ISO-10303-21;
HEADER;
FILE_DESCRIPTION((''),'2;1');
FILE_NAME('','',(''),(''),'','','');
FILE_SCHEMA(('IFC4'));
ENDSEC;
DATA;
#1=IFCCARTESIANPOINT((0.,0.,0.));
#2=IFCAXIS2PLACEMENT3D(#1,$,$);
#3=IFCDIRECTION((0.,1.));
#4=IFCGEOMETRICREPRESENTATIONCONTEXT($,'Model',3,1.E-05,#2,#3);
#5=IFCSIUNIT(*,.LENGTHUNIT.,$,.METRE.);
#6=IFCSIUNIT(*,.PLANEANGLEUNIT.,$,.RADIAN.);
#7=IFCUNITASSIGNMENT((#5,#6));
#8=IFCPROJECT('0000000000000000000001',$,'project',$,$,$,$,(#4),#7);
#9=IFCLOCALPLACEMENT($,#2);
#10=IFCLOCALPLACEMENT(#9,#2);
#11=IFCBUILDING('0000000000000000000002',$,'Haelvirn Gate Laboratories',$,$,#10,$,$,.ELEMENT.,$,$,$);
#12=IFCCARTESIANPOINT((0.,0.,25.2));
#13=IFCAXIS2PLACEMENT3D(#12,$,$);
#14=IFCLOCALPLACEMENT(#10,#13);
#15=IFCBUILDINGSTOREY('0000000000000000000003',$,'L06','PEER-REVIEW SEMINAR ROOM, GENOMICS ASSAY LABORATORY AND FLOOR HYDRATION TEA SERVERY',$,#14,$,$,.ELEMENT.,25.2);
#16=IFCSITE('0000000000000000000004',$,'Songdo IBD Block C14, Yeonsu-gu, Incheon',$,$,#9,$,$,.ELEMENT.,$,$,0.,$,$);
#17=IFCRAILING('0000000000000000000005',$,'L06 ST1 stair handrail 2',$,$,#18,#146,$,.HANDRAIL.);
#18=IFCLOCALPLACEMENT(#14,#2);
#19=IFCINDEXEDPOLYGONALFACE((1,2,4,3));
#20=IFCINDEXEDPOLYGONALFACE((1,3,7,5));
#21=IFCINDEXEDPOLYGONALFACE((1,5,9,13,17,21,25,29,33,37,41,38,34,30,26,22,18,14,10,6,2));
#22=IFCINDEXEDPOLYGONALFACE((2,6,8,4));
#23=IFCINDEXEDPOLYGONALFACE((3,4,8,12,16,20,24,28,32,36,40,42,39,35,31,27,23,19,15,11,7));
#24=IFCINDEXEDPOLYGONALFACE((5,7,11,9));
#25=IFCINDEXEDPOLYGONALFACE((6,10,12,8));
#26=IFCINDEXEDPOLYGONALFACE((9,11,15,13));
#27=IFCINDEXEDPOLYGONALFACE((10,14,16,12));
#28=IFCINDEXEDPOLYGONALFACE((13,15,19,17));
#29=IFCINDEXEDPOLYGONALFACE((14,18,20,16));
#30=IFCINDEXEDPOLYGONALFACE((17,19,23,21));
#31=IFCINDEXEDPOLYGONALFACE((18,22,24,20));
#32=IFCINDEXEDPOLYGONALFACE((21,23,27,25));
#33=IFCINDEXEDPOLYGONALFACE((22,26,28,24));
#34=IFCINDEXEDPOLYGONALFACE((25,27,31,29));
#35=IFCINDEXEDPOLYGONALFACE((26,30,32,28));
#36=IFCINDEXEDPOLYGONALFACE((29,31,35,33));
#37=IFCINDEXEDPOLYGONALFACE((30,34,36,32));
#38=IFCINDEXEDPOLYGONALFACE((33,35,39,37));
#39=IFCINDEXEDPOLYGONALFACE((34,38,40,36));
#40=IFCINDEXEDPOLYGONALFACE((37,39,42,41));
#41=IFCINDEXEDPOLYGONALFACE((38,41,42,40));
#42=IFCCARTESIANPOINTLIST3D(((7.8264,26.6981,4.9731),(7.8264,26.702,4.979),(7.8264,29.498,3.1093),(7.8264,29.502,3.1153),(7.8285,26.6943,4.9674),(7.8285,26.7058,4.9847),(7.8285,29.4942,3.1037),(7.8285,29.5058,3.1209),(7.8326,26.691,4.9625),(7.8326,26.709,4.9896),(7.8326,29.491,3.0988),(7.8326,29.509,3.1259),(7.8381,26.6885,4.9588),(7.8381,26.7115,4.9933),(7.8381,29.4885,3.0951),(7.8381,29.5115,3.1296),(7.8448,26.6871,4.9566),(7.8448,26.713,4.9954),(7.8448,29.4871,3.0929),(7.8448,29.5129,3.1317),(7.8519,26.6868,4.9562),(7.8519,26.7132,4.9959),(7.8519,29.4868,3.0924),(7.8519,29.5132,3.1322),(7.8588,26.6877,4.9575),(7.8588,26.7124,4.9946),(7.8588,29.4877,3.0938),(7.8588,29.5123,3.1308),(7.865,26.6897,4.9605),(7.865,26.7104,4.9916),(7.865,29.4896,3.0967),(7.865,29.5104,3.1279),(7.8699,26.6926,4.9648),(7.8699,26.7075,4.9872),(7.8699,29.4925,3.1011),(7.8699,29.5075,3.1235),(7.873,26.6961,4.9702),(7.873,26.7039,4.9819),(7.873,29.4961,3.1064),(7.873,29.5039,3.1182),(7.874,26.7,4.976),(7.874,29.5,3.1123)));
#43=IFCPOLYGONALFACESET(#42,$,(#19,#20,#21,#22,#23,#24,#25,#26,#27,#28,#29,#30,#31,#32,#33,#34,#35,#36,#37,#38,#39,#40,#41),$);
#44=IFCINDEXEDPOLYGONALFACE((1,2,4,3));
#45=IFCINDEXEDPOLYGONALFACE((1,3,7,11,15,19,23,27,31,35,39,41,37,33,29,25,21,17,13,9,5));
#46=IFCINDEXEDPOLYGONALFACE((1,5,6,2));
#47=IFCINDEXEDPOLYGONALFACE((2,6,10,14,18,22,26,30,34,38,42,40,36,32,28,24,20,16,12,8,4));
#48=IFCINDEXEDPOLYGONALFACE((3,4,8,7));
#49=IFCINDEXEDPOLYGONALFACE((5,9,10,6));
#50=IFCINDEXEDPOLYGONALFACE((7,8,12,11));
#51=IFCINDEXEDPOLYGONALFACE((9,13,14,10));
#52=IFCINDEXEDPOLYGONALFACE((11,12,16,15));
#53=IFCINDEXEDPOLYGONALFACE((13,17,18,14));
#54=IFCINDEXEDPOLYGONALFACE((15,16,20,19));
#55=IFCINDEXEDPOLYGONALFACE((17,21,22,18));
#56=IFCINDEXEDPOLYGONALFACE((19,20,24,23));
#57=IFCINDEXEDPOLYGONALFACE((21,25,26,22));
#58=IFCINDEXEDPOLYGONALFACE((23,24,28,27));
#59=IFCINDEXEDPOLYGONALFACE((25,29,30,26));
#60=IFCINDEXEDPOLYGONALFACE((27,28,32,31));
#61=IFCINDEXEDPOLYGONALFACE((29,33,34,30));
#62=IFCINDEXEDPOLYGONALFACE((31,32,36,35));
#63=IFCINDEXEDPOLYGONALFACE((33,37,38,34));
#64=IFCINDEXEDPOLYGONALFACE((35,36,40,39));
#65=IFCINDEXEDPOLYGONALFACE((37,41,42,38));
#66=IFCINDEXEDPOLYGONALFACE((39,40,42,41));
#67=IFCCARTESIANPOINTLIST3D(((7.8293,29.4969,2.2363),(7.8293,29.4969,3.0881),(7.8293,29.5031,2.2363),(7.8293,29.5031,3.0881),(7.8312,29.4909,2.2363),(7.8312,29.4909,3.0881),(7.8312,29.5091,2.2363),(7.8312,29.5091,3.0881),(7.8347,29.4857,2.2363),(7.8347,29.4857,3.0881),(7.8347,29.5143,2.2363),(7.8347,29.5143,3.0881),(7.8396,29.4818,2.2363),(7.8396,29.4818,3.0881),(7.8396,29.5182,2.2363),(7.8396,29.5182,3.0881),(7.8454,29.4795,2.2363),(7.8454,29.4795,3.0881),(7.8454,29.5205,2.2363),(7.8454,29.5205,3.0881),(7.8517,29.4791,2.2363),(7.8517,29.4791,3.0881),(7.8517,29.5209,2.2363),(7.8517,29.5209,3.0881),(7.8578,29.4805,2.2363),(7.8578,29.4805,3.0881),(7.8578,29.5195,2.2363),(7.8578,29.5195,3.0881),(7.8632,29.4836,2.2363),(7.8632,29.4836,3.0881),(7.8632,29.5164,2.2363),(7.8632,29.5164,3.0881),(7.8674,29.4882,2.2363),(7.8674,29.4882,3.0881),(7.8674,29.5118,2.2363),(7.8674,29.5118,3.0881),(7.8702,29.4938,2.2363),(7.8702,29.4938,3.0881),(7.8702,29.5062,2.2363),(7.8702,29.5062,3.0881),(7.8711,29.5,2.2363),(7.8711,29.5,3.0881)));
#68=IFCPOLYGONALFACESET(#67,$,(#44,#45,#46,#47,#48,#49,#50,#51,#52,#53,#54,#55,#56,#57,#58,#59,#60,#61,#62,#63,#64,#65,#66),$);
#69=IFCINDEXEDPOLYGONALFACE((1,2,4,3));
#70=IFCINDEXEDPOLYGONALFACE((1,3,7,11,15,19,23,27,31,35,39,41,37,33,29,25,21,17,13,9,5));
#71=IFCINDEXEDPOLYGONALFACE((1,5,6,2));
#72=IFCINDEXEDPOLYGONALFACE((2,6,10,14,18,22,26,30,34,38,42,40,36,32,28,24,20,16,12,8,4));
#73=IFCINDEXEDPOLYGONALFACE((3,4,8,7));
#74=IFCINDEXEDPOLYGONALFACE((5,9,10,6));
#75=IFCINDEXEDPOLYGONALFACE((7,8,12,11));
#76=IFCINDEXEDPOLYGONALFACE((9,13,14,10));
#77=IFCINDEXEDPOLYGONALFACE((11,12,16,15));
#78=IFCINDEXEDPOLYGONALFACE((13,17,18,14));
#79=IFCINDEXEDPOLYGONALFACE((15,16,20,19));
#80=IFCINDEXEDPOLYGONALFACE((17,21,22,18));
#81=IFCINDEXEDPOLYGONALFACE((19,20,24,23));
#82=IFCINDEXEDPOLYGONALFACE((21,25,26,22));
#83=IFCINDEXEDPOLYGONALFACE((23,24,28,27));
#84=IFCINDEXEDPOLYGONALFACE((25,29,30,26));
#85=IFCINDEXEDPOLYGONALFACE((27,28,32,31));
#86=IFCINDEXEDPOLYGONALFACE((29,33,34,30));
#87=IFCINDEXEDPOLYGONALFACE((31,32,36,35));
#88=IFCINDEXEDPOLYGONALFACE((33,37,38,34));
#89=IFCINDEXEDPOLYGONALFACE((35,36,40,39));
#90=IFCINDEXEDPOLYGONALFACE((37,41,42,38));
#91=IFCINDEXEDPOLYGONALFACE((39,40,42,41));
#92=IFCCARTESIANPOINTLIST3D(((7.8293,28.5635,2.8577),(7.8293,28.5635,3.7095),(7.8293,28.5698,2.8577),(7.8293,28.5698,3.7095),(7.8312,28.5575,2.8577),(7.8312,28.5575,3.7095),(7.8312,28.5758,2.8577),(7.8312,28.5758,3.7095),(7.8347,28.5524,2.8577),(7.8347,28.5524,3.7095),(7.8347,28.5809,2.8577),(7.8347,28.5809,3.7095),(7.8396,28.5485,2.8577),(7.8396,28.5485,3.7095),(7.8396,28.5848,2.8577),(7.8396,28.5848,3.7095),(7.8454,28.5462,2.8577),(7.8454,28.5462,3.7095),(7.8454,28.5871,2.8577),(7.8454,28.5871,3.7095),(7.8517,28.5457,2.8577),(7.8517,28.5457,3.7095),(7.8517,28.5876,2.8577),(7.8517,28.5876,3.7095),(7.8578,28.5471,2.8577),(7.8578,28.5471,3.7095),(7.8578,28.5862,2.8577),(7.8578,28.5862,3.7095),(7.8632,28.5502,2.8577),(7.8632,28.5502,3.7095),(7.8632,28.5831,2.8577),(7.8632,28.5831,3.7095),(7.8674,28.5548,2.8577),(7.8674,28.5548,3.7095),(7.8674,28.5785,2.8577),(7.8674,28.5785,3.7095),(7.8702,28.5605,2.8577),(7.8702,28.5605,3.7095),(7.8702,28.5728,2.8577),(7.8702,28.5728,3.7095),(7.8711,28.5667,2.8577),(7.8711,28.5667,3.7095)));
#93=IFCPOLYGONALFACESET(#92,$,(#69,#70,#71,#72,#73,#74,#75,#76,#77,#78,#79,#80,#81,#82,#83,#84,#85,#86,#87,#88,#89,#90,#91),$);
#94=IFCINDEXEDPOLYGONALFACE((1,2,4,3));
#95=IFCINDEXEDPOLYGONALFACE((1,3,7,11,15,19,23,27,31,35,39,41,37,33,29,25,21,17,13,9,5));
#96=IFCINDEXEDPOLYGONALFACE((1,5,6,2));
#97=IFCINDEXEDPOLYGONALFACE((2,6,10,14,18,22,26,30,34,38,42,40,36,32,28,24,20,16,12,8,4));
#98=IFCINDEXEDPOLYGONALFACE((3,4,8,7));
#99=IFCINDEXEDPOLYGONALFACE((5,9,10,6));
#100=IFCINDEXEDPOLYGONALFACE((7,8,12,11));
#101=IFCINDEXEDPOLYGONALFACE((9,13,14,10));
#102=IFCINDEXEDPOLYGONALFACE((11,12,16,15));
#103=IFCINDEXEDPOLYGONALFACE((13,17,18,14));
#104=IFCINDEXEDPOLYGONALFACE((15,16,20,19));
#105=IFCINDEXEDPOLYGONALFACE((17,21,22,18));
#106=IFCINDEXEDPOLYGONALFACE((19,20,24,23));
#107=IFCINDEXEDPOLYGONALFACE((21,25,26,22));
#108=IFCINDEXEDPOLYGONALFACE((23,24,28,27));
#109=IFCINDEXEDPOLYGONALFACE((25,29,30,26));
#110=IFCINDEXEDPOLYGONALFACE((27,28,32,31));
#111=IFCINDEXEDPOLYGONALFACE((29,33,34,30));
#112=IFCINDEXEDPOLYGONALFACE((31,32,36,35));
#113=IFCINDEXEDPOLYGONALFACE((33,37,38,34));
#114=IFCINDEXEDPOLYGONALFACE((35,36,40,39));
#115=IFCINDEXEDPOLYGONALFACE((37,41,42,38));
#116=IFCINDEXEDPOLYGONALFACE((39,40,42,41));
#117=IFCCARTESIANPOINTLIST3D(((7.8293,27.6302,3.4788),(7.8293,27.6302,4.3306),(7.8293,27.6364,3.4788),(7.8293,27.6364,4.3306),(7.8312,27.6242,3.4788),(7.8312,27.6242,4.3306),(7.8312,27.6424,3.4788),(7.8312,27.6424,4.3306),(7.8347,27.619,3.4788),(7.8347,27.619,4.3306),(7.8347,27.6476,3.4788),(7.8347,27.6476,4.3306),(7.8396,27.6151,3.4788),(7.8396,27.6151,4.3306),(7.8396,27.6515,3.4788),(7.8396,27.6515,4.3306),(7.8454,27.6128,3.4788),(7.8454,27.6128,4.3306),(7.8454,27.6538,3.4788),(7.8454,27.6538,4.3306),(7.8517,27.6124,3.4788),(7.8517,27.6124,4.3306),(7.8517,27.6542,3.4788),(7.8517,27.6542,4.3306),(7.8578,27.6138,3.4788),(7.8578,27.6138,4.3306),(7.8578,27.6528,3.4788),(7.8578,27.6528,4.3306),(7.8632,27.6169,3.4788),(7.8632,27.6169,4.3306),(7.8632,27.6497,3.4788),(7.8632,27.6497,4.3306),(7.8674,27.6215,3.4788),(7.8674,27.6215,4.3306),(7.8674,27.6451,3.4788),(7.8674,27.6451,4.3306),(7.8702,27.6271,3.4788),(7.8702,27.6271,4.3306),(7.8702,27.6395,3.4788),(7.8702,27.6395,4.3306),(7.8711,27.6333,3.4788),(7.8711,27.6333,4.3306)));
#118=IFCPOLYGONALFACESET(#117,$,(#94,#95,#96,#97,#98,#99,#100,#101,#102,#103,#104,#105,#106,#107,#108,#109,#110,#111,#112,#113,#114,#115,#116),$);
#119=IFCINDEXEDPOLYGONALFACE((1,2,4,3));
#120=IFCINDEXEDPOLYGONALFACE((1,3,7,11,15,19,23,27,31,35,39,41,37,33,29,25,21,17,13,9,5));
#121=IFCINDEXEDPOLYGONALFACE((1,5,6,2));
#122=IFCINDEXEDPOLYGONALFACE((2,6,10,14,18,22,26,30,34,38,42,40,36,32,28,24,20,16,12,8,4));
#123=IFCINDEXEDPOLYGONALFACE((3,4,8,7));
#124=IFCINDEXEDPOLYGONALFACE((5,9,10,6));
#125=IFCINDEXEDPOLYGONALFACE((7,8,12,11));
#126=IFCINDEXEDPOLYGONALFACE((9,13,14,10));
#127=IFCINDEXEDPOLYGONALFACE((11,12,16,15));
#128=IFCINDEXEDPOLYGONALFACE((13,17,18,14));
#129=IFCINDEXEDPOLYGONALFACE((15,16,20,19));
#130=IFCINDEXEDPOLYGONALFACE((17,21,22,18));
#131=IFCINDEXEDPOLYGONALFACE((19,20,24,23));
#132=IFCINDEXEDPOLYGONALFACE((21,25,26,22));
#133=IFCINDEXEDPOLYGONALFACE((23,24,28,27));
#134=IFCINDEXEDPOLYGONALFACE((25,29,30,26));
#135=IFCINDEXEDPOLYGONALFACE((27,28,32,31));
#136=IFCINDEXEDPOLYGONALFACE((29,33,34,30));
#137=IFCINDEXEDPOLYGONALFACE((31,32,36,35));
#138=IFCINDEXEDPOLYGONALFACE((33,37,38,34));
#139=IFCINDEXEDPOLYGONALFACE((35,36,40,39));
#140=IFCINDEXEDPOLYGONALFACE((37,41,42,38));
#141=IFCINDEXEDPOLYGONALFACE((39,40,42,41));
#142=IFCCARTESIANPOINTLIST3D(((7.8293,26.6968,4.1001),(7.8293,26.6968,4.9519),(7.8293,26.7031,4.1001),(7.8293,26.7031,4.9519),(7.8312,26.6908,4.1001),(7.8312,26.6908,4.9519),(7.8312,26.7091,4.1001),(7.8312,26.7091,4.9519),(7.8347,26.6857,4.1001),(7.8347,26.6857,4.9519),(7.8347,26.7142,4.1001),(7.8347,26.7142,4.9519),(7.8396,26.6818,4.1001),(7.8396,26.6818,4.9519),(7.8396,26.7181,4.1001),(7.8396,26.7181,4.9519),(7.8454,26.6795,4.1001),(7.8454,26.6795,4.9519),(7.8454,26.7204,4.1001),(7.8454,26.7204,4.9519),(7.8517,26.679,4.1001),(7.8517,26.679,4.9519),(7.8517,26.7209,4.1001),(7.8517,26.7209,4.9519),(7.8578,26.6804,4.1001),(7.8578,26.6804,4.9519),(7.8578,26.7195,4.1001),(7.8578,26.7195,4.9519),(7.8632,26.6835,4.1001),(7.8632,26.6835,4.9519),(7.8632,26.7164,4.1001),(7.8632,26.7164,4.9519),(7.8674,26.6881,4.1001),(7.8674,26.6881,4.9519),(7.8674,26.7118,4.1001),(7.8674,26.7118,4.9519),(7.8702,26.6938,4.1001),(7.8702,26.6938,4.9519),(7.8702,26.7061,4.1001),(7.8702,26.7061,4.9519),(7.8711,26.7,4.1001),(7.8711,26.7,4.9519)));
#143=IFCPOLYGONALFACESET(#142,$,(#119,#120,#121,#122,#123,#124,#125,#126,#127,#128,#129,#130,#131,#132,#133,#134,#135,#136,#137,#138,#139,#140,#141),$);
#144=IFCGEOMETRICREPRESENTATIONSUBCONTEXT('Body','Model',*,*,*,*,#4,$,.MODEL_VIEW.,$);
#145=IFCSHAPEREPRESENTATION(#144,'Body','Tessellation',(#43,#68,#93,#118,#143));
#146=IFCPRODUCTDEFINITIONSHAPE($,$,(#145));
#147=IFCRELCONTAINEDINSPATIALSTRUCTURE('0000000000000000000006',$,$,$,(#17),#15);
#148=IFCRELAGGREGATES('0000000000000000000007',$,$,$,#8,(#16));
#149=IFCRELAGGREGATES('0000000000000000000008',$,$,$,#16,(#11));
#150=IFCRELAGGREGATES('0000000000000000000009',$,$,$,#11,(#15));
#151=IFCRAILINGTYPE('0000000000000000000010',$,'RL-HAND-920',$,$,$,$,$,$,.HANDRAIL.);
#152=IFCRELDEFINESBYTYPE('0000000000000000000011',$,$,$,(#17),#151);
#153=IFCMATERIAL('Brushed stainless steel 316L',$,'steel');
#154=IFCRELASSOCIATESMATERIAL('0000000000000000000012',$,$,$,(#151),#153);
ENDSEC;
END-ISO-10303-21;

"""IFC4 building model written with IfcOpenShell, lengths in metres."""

from ifc_helpers import new_model, si_unit, direction, frame, origin, origin_2d, place, context, subcontext, project, spatial, circle, extrude, source, transform, mapped, material, type_object, type_shapes, element, save


model = new_model("IFC4")

# Units and contexts
model_context = context("Model", 3, precision=1e-05, world=origin(), true_north=direction((0.0, 1.0)))
body_context = subcontext(model_context, "Body", "Model", "MODEL_VIEW")
ifc_project = project(units=[si_unit("LENGTHUNIT", "METRE"), si_unit("PLANEANGLEUNIT", "RADIAN")], contexts=[model_context])

# Site, building, storey
site_placement = place(None, origin())
site = spatial("IfcSite", under=ifc_project, at=site_placement, Name="Songdo IBD Block C14, Yeonsu-gu, Incheon", CompositionType="ELEMENT", RefElevation=0.0)
building_placement = place(site_placement, origin())
building = spatial("IfcBuilding", under=site, at=building_placement, Name="Haelvirn Gate Laboratories", CompositionType="ELEMENT")
storey_placement = place(building_placement, frame((0.0, 0.0, 25.2)))
storey = spatial("IfcBuildingStorey", under=building, at=storey_placement, Name="L06", Description="PEER-REVIEW SEMINAR ROOM, GENOMICS ASSAY LABORATORY AND FLOOR HYDRATION TEA SERVERY", CompositionType="ELEMENT", Elevation=25.2)

# Railing
ifc_material_1 = material(Name="Brushed stainless steel 316L", Category="steel")
railing_type_1 = type_object("IfcRailingType", Name="RL-HAND-920", PredefinedType="HANDRAIL", material=ifc_material_1)
shared_shape_1 = source(origin(), body_context, "Body", "SweptSolid", [
    extrude(circle(Radius=0.0239, at=origin_2d()), frame((0.0, 0.0, 0.876), z_axis=(0.0, -0.832452, 0.554097), x_axis=(1.0, 0.0, 0.0)), (0.0, 0.0, 1.0), 3.3635),
    extrude(circle(Radius=0.021, at=origin_2d()), origin(), (0.0, 0.0, 1.0), 0.8518),
    extrude(circle(Radius=0.021, at=origin_2d()), frame((0.0, -0.9333, 0.6213)), (0.0, 0.0, 1.0), 0.8518),
    extrude(circle(Radius=0.021, at=origin_2d()), frame((0.0, -1.8667, 1.2424)), (0.0, 0.0, 1.0), 0.8518),
    extrude(circle(Radius=0.021, at=origin_2d()), frame((0.0, -2.8, 1.8638)), (0.0, 0.0, 1.0), 0.8518),
])
type_shapes(railing_type_1, [shared_shape_1])
railing_1_placement = place(storey_placement, frame((7.8501, 29.5, 2.2363)))
element("IfcRailing", 1, at=railing_1_placement, inside=storey, type_object=railing_type_1, Name="L06 ST1 stair handrail 2", PredefinedType="HANDRAIL", context=body_context, shape_type="MappedRepresentation", body=[
    mapped(shared_shape_1, transform((0.0, 0.0, 0.0), scale=1.0)),
])

save(model, "model.ifc")
